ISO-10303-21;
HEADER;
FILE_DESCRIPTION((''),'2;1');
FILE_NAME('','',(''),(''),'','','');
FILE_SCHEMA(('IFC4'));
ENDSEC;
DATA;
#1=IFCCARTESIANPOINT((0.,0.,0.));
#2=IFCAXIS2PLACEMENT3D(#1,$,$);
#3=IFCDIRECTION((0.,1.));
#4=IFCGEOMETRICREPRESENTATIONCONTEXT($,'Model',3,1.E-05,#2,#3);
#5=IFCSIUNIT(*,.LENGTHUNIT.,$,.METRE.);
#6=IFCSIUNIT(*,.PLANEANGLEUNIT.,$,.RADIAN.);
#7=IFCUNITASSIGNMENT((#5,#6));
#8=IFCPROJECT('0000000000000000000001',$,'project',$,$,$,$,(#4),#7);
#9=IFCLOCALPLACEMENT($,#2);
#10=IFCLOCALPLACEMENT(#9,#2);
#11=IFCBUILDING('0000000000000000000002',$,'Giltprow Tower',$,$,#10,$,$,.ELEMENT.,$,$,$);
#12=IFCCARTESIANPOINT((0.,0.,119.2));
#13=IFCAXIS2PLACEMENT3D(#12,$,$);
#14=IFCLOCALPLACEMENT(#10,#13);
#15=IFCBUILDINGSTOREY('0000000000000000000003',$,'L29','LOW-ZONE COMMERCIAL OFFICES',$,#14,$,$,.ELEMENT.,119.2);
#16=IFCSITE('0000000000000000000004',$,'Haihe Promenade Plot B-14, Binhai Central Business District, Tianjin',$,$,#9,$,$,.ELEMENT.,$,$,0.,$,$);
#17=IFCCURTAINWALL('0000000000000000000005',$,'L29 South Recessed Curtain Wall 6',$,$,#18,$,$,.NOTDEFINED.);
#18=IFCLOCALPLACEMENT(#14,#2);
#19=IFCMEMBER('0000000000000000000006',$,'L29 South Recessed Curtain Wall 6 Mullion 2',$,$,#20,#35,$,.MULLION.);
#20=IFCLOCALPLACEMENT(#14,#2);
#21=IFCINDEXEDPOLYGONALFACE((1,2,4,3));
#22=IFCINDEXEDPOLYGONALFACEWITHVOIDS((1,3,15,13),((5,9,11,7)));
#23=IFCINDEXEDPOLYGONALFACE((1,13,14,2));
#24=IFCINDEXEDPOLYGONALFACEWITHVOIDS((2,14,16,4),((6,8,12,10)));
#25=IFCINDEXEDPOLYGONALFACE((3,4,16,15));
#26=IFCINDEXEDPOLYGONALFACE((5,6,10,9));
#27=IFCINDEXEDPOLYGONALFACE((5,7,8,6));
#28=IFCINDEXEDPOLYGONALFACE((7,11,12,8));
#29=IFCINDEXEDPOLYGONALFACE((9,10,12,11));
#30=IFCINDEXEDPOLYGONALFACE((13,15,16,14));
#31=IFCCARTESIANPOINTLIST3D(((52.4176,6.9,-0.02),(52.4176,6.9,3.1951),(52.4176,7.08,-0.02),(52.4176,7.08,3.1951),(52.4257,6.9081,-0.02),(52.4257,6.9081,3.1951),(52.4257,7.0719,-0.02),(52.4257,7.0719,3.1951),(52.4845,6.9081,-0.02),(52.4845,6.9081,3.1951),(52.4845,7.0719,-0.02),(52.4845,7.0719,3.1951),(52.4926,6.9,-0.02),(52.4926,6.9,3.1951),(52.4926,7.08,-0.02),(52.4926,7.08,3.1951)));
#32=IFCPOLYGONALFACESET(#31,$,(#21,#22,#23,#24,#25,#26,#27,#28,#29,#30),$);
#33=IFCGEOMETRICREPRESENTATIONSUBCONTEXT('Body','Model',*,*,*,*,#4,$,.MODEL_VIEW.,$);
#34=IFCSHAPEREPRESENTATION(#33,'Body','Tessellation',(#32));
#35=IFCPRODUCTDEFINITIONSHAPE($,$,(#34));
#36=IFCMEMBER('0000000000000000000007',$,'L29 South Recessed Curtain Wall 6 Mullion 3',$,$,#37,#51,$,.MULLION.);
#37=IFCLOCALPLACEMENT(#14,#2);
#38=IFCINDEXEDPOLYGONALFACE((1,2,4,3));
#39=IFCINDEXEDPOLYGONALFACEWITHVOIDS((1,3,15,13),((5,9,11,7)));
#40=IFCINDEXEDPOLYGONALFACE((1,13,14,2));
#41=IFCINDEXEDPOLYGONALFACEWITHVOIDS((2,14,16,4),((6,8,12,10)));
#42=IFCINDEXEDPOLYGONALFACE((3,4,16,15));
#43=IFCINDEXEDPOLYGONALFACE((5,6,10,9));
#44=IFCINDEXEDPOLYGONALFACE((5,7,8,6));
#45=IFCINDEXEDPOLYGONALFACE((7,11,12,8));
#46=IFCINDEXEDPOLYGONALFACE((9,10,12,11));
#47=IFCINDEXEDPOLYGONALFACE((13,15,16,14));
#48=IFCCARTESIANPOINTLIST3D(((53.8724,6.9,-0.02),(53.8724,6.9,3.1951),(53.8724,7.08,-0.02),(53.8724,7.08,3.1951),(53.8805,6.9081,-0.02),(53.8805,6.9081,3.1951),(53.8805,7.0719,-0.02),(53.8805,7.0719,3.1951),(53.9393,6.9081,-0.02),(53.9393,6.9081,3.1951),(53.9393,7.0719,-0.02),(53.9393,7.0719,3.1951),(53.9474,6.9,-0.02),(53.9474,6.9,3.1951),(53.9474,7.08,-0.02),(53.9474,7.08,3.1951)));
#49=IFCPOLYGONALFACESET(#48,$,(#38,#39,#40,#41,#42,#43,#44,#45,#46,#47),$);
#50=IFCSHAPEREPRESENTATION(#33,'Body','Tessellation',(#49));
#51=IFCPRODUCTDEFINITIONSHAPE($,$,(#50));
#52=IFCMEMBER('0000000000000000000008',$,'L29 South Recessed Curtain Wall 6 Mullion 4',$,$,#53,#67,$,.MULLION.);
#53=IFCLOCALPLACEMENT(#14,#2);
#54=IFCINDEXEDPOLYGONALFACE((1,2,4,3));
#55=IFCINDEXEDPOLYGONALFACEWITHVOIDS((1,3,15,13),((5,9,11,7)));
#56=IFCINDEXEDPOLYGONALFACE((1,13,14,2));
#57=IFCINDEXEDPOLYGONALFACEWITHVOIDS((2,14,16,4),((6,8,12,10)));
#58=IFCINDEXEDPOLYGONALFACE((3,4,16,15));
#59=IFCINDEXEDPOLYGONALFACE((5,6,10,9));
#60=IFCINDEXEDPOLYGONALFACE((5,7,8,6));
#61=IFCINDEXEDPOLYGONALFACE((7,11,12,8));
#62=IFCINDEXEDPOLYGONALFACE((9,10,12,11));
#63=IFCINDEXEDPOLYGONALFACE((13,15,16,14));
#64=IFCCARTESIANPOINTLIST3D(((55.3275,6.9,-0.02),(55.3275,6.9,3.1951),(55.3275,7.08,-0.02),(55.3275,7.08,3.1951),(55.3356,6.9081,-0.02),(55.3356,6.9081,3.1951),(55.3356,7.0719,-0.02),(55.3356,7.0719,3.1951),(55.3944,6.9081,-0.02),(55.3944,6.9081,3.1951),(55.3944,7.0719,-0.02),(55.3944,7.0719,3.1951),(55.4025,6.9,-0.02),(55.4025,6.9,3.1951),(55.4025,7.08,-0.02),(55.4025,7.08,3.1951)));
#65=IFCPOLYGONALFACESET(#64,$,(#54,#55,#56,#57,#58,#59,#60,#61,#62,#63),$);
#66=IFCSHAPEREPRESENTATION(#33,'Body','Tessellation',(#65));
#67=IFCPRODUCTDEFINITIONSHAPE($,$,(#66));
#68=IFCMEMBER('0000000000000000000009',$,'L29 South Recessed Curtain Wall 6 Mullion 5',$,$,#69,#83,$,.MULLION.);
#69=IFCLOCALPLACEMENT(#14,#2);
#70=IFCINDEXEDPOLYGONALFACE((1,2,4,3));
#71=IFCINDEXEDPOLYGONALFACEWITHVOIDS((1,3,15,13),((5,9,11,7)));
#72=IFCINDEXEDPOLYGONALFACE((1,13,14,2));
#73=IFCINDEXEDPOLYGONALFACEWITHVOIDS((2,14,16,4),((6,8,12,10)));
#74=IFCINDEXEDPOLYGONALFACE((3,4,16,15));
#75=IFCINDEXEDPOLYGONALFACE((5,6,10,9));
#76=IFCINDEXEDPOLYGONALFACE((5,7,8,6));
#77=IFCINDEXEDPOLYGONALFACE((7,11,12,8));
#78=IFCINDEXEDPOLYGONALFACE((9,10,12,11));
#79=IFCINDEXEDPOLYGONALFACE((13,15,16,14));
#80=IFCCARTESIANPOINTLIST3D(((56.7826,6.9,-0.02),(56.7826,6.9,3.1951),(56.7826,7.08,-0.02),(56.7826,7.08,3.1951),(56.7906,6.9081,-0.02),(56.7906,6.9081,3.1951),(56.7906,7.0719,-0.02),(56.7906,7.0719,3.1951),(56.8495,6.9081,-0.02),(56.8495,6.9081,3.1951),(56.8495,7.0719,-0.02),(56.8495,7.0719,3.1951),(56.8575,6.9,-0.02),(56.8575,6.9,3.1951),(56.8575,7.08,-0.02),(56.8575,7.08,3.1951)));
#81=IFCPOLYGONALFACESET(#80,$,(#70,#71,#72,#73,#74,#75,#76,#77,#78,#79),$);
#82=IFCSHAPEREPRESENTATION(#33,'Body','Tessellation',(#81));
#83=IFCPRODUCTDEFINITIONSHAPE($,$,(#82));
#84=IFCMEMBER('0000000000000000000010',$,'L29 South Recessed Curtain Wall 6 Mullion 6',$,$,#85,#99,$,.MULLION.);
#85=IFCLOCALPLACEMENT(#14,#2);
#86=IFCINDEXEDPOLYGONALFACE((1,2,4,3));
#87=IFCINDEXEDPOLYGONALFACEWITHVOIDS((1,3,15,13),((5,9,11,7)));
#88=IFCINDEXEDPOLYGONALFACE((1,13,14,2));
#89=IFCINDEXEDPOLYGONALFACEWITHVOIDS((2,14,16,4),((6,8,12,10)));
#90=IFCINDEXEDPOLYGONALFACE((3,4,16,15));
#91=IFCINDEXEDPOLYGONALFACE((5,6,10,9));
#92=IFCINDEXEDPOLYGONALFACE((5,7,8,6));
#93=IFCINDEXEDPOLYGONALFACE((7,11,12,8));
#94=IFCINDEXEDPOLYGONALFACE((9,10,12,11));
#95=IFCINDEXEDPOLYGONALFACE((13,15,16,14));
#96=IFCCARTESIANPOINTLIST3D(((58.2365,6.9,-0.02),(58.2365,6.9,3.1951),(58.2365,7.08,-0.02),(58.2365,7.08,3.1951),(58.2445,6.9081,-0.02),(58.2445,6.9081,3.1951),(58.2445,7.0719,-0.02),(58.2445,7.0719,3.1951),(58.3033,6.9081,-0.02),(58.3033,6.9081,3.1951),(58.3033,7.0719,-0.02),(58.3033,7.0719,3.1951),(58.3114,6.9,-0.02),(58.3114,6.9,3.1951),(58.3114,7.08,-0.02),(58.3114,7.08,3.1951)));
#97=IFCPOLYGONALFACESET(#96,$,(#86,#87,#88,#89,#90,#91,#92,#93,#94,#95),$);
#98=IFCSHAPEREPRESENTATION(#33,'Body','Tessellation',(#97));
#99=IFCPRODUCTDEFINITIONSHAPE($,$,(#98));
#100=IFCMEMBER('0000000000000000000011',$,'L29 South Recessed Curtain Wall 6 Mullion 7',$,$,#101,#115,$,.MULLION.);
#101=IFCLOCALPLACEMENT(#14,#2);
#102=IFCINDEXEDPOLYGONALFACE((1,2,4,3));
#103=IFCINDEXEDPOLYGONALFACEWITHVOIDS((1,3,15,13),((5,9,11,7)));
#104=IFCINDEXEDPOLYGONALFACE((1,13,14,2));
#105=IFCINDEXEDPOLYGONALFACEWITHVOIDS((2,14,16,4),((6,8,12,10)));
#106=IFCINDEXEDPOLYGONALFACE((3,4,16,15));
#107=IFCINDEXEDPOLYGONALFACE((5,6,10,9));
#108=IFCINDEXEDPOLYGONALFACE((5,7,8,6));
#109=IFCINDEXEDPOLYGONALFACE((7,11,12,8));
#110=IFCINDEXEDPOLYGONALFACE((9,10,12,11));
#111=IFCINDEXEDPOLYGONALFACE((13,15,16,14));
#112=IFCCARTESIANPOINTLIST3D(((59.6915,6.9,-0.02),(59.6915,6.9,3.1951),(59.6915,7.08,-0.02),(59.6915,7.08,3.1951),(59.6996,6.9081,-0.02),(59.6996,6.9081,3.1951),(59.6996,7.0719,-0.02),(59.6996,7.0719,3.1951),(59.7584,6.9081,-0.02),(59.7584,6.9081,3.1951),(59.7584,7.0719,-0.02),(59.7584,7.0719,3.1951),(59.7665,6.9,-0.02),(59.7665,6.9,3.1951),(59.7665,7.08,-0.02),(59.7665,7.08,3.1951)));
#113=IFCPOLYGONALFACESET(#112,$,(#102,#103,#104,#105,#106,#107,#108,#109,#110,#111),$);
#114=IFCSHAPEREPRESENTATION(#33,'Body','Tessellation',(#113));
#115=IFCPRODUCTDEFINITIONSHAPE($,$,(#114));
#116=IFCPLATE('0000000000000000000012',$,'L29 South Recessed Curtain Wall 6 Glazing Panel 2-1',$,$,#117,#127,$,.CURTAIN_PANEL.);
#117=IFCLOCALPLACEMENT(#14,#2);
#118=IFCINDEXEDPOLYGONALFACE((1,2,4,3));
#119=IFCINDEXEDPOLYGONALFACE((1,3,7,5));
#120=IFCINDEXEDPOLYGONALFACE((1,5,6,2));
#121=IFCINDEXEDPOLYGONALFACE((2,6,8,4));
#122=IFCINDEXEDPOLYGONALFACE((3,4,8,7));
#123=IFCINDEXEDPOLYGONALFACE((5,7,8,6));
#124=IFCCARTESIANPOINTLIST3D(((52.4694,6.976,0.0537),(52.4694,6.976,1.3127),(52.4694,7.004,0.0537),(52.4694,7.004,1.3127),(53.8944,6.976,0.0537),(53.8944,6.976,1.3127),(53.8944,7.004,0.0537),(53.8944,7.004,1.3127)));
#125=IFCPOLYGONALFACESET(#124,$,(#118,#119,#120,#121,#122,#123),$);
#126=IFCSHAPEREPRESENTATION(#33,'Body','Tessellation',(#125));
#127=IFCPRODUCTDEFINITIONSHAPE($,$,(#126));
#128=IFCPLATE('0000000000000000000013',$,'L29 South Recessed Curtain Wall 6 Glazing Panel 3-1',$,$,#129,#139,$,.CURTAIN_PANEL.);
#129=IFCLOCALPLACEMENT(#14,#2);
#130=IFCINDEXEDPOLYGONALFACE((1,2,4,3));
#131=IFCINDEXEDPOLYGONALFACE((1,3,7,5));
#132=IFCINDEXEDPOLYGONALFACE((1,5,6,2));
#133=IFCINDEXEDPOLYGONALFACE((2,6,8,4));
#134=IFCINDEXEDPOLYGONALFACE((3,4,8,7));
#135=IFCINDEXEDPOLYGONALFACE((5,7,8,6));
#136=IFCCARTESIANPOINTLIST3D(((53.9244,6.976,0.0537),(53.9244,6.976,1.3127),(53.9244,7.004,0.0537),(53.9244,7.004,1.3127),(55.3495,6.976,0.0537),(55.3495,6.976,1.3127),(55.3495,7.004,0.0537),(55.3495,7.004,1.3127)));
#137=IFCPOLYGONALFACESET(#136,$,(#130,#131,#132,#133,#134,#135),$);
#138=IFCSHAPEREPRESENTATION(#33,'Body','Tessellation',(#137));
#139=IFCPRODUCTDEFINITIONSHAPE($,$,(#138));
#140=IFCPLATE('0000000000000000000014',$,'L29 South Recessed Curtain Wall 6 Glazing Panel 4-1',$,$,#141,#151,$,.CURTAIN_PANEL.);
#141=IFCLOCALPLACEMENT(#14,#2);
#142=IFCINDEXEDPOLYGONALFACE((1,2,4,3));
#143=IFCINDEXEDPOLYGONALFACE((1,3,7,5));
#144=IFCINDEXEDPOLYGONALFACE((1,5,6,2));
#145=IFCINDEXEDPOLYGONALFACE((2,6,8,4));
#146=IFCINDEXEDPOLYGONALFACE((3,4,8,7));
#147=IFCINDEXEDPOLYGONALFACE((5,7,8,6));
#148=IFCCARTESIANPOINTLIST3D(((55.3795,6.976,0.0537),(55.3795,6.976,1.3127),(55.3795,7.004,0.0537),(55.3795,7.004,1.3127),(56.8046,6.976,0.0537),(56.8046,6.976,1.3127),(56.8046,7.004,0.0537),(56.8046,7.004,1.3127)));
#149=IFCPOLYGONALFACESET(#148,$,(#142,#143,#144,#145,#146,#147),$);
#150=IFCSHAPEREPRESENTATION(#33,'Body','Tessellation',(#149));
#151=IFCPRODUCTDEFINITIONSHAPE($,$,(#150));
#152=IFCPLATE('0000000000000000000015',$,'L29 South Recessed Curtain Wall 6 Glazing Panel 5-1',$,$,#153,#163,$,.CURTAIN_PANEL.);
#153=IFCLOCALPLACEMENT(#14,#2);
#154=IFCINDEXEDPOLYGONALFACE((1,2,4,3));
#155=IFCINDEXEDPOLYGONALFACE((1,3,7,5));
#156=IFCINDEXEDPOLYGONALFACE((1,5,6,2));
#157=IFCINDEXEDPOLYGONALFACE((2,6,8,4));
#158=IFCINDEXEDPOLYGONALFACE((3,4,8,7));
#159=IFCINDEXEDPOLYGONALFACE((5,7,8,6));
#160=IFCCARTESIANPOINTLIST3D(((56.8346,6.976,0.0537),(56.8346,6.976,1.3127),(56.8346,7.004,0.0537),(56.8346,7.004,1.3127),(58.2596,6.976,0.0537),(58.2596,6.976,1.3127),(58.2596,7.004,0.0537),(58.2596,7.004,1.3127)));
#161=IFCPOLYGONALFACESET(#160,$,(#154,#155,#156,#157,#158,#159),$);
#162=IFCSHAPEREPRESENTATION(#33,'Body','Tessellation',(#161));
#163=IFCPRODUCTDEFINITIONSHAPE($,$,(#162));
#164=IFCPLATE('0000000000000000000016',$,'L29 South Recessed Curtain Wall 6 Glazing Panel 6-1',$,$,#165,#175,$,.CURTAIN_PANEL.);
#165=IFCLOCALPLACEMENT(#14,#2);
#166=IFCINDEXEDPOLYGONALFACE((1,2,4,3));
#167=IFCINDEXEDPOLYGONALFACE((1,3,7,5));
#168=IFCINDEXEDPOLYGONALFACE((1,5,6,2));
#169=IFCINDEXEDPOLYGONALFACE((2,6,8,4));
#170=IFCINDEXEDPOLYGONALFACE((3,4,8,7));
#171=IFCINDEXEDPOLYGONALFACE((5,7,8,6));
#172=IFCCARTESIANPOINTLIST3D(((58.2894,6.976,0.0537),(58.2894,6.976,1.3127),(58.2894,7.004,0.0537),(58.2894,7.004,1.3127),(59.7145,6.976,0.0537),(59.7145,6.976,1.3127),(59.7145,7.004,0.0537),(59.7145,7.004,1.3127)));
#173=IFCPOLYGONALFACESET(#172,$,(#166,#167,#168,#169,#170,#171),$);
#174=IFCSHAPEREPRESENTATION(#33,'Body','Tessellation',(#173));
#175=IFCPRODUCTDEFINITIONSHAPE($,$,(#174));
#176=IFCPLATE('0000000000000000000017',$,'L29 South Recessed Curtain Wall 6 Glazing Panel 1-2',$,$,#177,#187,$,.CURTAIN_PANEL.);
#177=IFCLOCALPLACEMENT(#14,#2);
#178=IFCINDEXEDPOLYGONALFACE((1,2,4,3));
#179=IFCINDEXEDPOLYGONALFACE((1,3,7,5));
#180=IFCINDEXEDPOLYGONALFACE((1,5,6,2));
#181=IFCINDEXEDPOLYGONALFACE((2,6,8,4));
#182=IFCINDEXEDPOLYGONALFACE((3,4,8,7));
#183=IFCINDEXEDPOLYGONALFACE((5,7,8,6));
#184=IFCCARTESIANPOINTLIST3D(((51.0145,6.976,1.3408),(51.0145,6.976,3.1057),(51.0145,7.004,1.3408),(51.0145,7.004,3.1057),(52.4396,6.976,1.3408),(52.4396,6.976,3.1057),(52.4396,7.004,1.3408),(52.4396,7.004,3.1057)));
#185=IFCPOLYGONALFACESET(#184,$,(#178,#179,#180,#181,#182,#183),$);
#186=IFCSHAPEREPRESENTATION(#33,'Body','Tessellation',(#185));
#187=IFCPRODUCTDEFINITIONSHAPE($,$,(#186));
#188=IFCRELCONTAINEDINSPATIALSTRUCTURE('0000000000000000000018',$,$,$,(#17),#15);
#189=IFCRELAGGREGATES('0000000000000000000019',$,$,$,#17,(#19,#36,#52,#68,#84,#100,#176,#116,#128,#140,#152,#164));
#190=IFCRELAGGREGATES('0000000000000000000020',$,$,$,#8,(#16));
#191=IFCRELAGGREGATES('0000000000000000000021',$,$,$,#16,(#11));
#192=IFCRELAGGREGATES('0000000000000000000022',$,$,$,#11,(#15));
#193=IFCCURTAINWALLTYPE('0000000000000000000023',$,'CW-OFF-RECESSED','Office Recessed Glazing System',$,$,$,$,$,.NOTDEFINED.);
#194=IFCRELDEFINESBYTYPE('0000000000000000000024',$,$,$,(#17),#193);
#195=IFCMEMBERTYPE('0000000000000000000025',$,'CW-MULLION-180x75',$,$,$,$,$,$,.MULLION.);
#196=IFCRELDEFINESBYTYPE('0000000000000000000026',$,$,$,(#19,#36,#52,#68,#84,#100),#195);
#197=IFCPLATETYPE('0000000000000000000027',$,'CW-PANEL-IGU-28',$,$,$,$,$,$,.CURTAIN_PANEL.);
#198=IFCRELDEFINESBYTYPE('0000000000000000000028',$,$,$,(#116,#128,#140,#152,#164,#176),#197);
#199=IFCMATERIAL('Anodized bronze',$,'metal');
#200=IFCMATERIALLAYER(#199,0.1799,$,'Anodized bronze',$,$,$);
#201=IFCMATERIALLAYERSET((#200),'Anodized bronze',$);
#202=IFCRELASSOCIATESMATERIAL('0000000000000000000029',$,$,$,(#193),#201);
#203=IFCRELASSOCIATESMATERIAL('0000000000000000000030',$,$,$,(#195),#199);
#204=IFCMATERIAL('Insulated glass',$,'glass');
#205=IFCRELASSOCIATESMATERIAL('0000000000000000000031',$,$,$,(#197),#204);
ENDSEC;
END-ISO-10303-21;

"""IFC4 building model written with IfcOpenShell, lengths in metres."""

from ifc_helpers import new_model, si_unit, direction, frame, origin, origin_2d, place, context, subcontext, project, spatial, rectangle, hollow_rectangle, extrude, source, transform, mapped, material, layer, layer_set, material_profile, profile_set, type_object, element, aggregate, save


model = new_model("IFC4")

# Units and contexts
model_context = context("Model", 3, precision=1e-05, world=origin(), true_north=direction((0.0, 1.0)))
body_context = subcontext(model_context, "Body", "Model", "MODEL_VIEW")
ifc_project = project(units=[si_unit("LENGTHUNIT", "METRE"), si_unit("PLANEANGLEUNIT", "RADIAN")], contexts=[model_context])

# Site, building, storey
site_placement = place(None, origin())
site = spatial("IfcSite", under=ifc_project, at=site_placement, Name="Haihe Promenade Plot B-14, Binhai Central Business District, Tianjin", CompositionType="ELEMENT", RefElevation=0.0)
building_placement = place(site_placement, origin())
building = spatial("IfcBuilding", under=site, at=building_placement, Name="Giltprow Tower", CompositionType="ELEMENT")
storey_placement = place(building_placement, frame((0.0, 0.0, 119.2)))
storey = spatial("IfcBuildingStorey", under=building, at=storey_placement, Name="L29", Description="LOW-ZONE COMMERCIAL OFFICES", CompositionType="ELEMENT", Elevation=119.2)

# Curtain wall, members, plates
ifc_material_1 = material(Name="Anodized bronze", Category="metal")
ifc_layer = layer(ifc_material_1, 0.1799, Name="Anodized bronze")
ifc_layer_set = layer_set([ifc_layer], Name="Anodized bronze")
curtain_wall_type = type_object("IfcCurtainWallType", Name="CW-OFF-RECESSED", Description="Office Recessed Glazing System", PredefinedType="NOTDEFINED", material=ifc_layer_set)
curtain_wall_placement = place(storey_placement, origin())
curtain_wall = element("IfcCurtainWall", 1, at=curtain_wall_placement, inside=storey, type_object=curtain_wall_type, Name="L29 South Recessed Curtain Wall 6", PredefinedType="NOTDEFINED")
ifc_material_profile = material_profile(ifc_material_1, hollow_rectangle(XDim=0.075, YDim=0.1799, WallThickness=0.0081, at=origin_2d()), Name="RHS 180x75x8")
ifc_profile_set = profile_set([ifc_material_profile], Name="Anodized bronze")
member_type = type_object("IfcMemberType", Name="CW-MULLION-180x75", PredefinedType="MULLION", material=ifc_profile_set)
shared_shape_1 = source(origin(), body_context, "Body", "SweptSolid", [
    extrude(hollow_rectangle(XDim=0.075, YDim=0.1799, WallThickness=0.0081, at=origin_2d()), origin(), (0.0, 0.0, 1.0), 3.2151),
])
member_1_placement = place(storey_placement, frame((52.4551, 6.99, -0.02), z_axis=(0.0, 0.0, 1.0), x_axis=(1.0, 0.0, 0.0)))
member_1 = element("IfcMember", 2, at=member_1_placement, type_object=member_type, Name="L29 South Recessed Curtain Wall 6 Mullion 2", PredefinedType="MULLION", context=body_context, shape_type="MappedRepresentation", body=[
    mapped(shared_shape_1, transform((0.0, 0.0, 0.0), x_axis=(1.0, 0.0, 0.0), y_axis=(0.0, 1.0, 0.0), z_axis=(0.0, 0.0, 1.0), scale=1.0)),
])
member_2_placement = place(storey_placement, frame((53.9099, 6.99, -0.02), z_axis=(0.0, 0.0, 1.0), x_axis=(1.0, 0.0, 0.0)))
member_2 = element("IfcMember", 3, at=member_2_placement, type_object=member_type, Name="L29 South Recessed Curtain Wall 6 Mullion 3", PredefinedType="MULLION", context=body_context, shape_type="MappedRepresentation", body=[
    mapped(shared_shape_1, transform((0.0, 0.0, 0.0), x_axis=(1.0, 0.0, 0.0), y_axis=(0.0, 1.0, 0.0), z_axis=(0.0, 0.0, 1.0), scale=1.0)),
])
member_3_placement = place(storey_placement, frame((55.365, 6.99, -0.02), z_axis=(0.0, 0.0, 1.0), x_axis=(1.0, 0.0, 0.0)))
member_3 = element("IfcMember", 4, at=member_3_placement, type_object=member_type, Name="L29 South Recessed Curtain Wall 6 Mullion 4", PredefinedType="MULLION", context=body_context, shape_type="MappedRepresentation", body=[
    mapped(shared_shape_1, transform((0.0, 0.0, 0.0), x_axis=(1.0, 0.0, 0.0), y_axis=(0.0, 1.0, 0.0), z_axis=(0.0, 0.0, 1.0), scale=1.0)),
])
member_4_placement = place(storey_placement, frame((56.8201, 6.99, -0.02), z_axis=(0.0, 0.0, 1.0), x_axis=(1.0, 0.0, 0.0)))
member_4 = element("IfcMember", 5, at=member_4_placement, type_object=member_type, Name="L29 South Recessed Curtain Wall 6 Mullion 5", PredefinedType="MULLION", context=body_context, shape_type="MappedRepresentation", body=[
    mapped(shared_shape_1, transform((0.0, 0.0, 0.0), x_axis=(1.0, 0.0, 0.0), y_axis=(0.0, 1.0, 0.0), z_axis=(0.0, 0.0, 1.0), scale=1.0)),
])
member_5_placement = place(storey_placement, frame((58.2739, 6.99, -0.02), z_axis=(0.0, 0.0, 1.0), x_axis=(1.0, 0.0, 0.0)))
member_5 = element("IfcMember", 6, at=member_5_placement, type_object=member_type, Name="L29 South Recessed Curtain Wall 6 Mullion 6", PredefinedType="MULLION", context=body_context, shape_type="MappedRepresentation", body=[
    mapped(shared_shape_1, transform((0.0, 0.0, 0.0), x_axis=(1.0, 0.0, 0.0), y_axis=(0.0, 1.0, 0.0), z_axis=(0.0, 0.0, 1.0), scale=1.0)),
])
member_6_placement = place(storey_placement, frame((59.729, 6.99, -0.02), z_axis=(0.0, 0.0, 1.0), x_axis=(1.0, 0.0, 0.0)))
member_6 = element("IfcMember", 7, at=member_6_placement, type_object=member_type, Name="L29 South Recessed Curtain Wall 6 Mullion 7", PredefinedType="MULLION", context=body_context, shape_type="MappedRepresentation", body=[
    mapped(shared_shape_1, transform((0.0, 0.0, 0.0), x_axis=(1.0, 0.0, 0.0), y_axis=(0.0, 1.0, 0.0), z_axis=(0.0, 0.0, 1.0), scale=1.0)),
])
ifc_material_2 = material(Name="Insulated glass", Category="glass")
plate_type = type_object("IfcPlateType", Name="CW-PANEL-IGU-28", PredefinedType="CURTAIN_PANEL", material=ifc_material_2)
shared_shape_2 = source(origin(), body_context, "Body", "SweptSolid", [
    extrude(rectangle(XDim=1.425, YDim=0.0281, at=origin_2d()), origin(), (0.0, 0.0, 1.0), 1.259),
])
plate_1_placement = place(storey_placement, frame((53.1819, 6.99, 0.0537), z_axis=(0.0, 0.0, 1.0), x_axis=(1.0, 0.0, 0.0)))
plate_1 = element("IfcPlate", 8, at=plate_1_placement, type_object=plate_type, Name="L29 South Recessed Curtain Wall 6 Glazing Panel 2-1", PredefinedType="CURTAIN_PANEL", context=body_context, shape_type="MappedRepresentation", body=[
    mapped(shared_shape_2, transform((0.0, 0.0, 0.0), x_axis=(1.0, 0.0, 0.0), y_axis=(0.0, 1.0, 0.0), z_axis=(0.0, 0.0, 1.0), scale=1.0)),
])
plate_2_placement = place(storey_placement, frame((54.637, 6.99, 0.0537), z_axis=(0.0, 0.0, 1.0), x_axis=(1.0, 0.0, 0.0)))
plate_2 = element("IfcPlate", 9, at=plate_2_placement, type_object=plate_type, Name="L29 South Recessed Curtain Wall 6 Glazing Panel 3-1", PredefinedType="CURTAIN_PANEL", context=body_context, shape_type="MappedRepresentation", body=[
    mapped(shared_shape_2, transform((0.0, 0.0, 0.0), x_axis=(1.0, 0.0, 0.0), y_axis=(0.0, 1.0, 0.0), z_axis=(0.0, 0.0, 1.0), scale=1.0)),
])
plate_3_placement = place(storey_placement, frame((56.092, 6.99, 0.0537), z_axis=(0.0, 0.0, 1.0), x_axis=(1.0, 0.0, 0.0)))
plate_3 = element("IfcPlate", 10, at=plate_3_placement, type_object=plate_type, Name="L29 South Recessed Curtain Wall 6 Glazing Panel 4-1", PredefinedType="CURTAIN_PANEL", context=body_context, shape_type="MappedRepresentation", body=[
    mapped(shared_shape_2, transform((0.0, 0.0, 0.0), x_axis=(1.0, 0.0, 0.0), y_axis=(0.0, 1.0, 0.0), z_axis=(0.0, 0.0, 1.0), scale=1.0)),
])
plate_4_placement = place(storey_placement, frame((57.5471, 6.99, 0.0537), z_axis=(0.0, 0.0, 1.0), x_axis=(1.0, 0.0, 0.0)))
plate_4 = element("IfcPlate", 11, at=plate_4_placement, type_object=plate_type, Name="L29 South Recessed Curtain Wall 6 Glazing Panel 5-1", PredefinedType="CURTAIN_PANEL", context=body_context, shape_type="MappedRepresentation", body=[
    mapped(shared_shape_2, transform((0.0, 0.0, 0.0), x_axis=(1.0, 0.0, 0.0), y_axis=(0.0, 1.0, 0.0), z_axis=(0.0, 0.0, 1.0), scale=1.0)),
])
plate_5_placement = place(storey_placement, frame((59.002, 6.99, 0.0537), z_axis=(0.0, 0.0, 1.0), x_axis=(1.0, 0.0, 0.0)))
plate_5 = element("IfcPlate", 12, at=plate_5_placement, type_object=plate_type, Name="L29 South Recessed Curtain Wall 6 Glazing Panel 6-1", PredefinedType="CURTAIN_PANEL", context=body_context, shape_type="MappedRepresentation", body=[
    mapped(shared_shape_2, transform((0.0, 0.0, 0.0), x_axis=(1.0, 0.0, 0.0), y_axis=(0.0, 1.0, 0.0), z_axis=(0.0, 0.0, 1.0), scale=1.0)),
])
shared_shape_3 = source(origin(), body_context, "Body", "SweptSolid", [
    extrude(rectangle(XDim=1.425, YDim=0.0281, at=origin_2d()), origin(), (0.0, 0.0, 1.0), 1.7649),
])
plate_6_placement = place(storey_placement, frame((51.7271, 6.99, 1.3408), z_axis=(0.0, 0.0, 1.0), x_axis=(1.0, 0.0, 0.0)))
plate_6 = element("IfcPlate", 13, at=plate_6_placement, type_object=plate_type, Name="L29 South Recessed Curtain Wall 6 Glazing Panel 1-2", PredefinedType="CURTAIN_PANEL", context=body_context, shape_type="MappedRepresentation", body=[
    mapped(shared_shape_3, transform((0.0, 0.0, 0.0), x_axis=(1.0, 0.0, 0.0), y_axis=(0.0, 1.0, 0.0), z_axis=(0.0, 0.0, 1.0), scale=1.0)),
])
aggregate(curtain_wall, [member_1, member_2, member_3, member_4, member_5, member_6, plate_6, plate_1, plate_2, plate_3, plate_4, plate_5])

save(model, "model.ifc")
